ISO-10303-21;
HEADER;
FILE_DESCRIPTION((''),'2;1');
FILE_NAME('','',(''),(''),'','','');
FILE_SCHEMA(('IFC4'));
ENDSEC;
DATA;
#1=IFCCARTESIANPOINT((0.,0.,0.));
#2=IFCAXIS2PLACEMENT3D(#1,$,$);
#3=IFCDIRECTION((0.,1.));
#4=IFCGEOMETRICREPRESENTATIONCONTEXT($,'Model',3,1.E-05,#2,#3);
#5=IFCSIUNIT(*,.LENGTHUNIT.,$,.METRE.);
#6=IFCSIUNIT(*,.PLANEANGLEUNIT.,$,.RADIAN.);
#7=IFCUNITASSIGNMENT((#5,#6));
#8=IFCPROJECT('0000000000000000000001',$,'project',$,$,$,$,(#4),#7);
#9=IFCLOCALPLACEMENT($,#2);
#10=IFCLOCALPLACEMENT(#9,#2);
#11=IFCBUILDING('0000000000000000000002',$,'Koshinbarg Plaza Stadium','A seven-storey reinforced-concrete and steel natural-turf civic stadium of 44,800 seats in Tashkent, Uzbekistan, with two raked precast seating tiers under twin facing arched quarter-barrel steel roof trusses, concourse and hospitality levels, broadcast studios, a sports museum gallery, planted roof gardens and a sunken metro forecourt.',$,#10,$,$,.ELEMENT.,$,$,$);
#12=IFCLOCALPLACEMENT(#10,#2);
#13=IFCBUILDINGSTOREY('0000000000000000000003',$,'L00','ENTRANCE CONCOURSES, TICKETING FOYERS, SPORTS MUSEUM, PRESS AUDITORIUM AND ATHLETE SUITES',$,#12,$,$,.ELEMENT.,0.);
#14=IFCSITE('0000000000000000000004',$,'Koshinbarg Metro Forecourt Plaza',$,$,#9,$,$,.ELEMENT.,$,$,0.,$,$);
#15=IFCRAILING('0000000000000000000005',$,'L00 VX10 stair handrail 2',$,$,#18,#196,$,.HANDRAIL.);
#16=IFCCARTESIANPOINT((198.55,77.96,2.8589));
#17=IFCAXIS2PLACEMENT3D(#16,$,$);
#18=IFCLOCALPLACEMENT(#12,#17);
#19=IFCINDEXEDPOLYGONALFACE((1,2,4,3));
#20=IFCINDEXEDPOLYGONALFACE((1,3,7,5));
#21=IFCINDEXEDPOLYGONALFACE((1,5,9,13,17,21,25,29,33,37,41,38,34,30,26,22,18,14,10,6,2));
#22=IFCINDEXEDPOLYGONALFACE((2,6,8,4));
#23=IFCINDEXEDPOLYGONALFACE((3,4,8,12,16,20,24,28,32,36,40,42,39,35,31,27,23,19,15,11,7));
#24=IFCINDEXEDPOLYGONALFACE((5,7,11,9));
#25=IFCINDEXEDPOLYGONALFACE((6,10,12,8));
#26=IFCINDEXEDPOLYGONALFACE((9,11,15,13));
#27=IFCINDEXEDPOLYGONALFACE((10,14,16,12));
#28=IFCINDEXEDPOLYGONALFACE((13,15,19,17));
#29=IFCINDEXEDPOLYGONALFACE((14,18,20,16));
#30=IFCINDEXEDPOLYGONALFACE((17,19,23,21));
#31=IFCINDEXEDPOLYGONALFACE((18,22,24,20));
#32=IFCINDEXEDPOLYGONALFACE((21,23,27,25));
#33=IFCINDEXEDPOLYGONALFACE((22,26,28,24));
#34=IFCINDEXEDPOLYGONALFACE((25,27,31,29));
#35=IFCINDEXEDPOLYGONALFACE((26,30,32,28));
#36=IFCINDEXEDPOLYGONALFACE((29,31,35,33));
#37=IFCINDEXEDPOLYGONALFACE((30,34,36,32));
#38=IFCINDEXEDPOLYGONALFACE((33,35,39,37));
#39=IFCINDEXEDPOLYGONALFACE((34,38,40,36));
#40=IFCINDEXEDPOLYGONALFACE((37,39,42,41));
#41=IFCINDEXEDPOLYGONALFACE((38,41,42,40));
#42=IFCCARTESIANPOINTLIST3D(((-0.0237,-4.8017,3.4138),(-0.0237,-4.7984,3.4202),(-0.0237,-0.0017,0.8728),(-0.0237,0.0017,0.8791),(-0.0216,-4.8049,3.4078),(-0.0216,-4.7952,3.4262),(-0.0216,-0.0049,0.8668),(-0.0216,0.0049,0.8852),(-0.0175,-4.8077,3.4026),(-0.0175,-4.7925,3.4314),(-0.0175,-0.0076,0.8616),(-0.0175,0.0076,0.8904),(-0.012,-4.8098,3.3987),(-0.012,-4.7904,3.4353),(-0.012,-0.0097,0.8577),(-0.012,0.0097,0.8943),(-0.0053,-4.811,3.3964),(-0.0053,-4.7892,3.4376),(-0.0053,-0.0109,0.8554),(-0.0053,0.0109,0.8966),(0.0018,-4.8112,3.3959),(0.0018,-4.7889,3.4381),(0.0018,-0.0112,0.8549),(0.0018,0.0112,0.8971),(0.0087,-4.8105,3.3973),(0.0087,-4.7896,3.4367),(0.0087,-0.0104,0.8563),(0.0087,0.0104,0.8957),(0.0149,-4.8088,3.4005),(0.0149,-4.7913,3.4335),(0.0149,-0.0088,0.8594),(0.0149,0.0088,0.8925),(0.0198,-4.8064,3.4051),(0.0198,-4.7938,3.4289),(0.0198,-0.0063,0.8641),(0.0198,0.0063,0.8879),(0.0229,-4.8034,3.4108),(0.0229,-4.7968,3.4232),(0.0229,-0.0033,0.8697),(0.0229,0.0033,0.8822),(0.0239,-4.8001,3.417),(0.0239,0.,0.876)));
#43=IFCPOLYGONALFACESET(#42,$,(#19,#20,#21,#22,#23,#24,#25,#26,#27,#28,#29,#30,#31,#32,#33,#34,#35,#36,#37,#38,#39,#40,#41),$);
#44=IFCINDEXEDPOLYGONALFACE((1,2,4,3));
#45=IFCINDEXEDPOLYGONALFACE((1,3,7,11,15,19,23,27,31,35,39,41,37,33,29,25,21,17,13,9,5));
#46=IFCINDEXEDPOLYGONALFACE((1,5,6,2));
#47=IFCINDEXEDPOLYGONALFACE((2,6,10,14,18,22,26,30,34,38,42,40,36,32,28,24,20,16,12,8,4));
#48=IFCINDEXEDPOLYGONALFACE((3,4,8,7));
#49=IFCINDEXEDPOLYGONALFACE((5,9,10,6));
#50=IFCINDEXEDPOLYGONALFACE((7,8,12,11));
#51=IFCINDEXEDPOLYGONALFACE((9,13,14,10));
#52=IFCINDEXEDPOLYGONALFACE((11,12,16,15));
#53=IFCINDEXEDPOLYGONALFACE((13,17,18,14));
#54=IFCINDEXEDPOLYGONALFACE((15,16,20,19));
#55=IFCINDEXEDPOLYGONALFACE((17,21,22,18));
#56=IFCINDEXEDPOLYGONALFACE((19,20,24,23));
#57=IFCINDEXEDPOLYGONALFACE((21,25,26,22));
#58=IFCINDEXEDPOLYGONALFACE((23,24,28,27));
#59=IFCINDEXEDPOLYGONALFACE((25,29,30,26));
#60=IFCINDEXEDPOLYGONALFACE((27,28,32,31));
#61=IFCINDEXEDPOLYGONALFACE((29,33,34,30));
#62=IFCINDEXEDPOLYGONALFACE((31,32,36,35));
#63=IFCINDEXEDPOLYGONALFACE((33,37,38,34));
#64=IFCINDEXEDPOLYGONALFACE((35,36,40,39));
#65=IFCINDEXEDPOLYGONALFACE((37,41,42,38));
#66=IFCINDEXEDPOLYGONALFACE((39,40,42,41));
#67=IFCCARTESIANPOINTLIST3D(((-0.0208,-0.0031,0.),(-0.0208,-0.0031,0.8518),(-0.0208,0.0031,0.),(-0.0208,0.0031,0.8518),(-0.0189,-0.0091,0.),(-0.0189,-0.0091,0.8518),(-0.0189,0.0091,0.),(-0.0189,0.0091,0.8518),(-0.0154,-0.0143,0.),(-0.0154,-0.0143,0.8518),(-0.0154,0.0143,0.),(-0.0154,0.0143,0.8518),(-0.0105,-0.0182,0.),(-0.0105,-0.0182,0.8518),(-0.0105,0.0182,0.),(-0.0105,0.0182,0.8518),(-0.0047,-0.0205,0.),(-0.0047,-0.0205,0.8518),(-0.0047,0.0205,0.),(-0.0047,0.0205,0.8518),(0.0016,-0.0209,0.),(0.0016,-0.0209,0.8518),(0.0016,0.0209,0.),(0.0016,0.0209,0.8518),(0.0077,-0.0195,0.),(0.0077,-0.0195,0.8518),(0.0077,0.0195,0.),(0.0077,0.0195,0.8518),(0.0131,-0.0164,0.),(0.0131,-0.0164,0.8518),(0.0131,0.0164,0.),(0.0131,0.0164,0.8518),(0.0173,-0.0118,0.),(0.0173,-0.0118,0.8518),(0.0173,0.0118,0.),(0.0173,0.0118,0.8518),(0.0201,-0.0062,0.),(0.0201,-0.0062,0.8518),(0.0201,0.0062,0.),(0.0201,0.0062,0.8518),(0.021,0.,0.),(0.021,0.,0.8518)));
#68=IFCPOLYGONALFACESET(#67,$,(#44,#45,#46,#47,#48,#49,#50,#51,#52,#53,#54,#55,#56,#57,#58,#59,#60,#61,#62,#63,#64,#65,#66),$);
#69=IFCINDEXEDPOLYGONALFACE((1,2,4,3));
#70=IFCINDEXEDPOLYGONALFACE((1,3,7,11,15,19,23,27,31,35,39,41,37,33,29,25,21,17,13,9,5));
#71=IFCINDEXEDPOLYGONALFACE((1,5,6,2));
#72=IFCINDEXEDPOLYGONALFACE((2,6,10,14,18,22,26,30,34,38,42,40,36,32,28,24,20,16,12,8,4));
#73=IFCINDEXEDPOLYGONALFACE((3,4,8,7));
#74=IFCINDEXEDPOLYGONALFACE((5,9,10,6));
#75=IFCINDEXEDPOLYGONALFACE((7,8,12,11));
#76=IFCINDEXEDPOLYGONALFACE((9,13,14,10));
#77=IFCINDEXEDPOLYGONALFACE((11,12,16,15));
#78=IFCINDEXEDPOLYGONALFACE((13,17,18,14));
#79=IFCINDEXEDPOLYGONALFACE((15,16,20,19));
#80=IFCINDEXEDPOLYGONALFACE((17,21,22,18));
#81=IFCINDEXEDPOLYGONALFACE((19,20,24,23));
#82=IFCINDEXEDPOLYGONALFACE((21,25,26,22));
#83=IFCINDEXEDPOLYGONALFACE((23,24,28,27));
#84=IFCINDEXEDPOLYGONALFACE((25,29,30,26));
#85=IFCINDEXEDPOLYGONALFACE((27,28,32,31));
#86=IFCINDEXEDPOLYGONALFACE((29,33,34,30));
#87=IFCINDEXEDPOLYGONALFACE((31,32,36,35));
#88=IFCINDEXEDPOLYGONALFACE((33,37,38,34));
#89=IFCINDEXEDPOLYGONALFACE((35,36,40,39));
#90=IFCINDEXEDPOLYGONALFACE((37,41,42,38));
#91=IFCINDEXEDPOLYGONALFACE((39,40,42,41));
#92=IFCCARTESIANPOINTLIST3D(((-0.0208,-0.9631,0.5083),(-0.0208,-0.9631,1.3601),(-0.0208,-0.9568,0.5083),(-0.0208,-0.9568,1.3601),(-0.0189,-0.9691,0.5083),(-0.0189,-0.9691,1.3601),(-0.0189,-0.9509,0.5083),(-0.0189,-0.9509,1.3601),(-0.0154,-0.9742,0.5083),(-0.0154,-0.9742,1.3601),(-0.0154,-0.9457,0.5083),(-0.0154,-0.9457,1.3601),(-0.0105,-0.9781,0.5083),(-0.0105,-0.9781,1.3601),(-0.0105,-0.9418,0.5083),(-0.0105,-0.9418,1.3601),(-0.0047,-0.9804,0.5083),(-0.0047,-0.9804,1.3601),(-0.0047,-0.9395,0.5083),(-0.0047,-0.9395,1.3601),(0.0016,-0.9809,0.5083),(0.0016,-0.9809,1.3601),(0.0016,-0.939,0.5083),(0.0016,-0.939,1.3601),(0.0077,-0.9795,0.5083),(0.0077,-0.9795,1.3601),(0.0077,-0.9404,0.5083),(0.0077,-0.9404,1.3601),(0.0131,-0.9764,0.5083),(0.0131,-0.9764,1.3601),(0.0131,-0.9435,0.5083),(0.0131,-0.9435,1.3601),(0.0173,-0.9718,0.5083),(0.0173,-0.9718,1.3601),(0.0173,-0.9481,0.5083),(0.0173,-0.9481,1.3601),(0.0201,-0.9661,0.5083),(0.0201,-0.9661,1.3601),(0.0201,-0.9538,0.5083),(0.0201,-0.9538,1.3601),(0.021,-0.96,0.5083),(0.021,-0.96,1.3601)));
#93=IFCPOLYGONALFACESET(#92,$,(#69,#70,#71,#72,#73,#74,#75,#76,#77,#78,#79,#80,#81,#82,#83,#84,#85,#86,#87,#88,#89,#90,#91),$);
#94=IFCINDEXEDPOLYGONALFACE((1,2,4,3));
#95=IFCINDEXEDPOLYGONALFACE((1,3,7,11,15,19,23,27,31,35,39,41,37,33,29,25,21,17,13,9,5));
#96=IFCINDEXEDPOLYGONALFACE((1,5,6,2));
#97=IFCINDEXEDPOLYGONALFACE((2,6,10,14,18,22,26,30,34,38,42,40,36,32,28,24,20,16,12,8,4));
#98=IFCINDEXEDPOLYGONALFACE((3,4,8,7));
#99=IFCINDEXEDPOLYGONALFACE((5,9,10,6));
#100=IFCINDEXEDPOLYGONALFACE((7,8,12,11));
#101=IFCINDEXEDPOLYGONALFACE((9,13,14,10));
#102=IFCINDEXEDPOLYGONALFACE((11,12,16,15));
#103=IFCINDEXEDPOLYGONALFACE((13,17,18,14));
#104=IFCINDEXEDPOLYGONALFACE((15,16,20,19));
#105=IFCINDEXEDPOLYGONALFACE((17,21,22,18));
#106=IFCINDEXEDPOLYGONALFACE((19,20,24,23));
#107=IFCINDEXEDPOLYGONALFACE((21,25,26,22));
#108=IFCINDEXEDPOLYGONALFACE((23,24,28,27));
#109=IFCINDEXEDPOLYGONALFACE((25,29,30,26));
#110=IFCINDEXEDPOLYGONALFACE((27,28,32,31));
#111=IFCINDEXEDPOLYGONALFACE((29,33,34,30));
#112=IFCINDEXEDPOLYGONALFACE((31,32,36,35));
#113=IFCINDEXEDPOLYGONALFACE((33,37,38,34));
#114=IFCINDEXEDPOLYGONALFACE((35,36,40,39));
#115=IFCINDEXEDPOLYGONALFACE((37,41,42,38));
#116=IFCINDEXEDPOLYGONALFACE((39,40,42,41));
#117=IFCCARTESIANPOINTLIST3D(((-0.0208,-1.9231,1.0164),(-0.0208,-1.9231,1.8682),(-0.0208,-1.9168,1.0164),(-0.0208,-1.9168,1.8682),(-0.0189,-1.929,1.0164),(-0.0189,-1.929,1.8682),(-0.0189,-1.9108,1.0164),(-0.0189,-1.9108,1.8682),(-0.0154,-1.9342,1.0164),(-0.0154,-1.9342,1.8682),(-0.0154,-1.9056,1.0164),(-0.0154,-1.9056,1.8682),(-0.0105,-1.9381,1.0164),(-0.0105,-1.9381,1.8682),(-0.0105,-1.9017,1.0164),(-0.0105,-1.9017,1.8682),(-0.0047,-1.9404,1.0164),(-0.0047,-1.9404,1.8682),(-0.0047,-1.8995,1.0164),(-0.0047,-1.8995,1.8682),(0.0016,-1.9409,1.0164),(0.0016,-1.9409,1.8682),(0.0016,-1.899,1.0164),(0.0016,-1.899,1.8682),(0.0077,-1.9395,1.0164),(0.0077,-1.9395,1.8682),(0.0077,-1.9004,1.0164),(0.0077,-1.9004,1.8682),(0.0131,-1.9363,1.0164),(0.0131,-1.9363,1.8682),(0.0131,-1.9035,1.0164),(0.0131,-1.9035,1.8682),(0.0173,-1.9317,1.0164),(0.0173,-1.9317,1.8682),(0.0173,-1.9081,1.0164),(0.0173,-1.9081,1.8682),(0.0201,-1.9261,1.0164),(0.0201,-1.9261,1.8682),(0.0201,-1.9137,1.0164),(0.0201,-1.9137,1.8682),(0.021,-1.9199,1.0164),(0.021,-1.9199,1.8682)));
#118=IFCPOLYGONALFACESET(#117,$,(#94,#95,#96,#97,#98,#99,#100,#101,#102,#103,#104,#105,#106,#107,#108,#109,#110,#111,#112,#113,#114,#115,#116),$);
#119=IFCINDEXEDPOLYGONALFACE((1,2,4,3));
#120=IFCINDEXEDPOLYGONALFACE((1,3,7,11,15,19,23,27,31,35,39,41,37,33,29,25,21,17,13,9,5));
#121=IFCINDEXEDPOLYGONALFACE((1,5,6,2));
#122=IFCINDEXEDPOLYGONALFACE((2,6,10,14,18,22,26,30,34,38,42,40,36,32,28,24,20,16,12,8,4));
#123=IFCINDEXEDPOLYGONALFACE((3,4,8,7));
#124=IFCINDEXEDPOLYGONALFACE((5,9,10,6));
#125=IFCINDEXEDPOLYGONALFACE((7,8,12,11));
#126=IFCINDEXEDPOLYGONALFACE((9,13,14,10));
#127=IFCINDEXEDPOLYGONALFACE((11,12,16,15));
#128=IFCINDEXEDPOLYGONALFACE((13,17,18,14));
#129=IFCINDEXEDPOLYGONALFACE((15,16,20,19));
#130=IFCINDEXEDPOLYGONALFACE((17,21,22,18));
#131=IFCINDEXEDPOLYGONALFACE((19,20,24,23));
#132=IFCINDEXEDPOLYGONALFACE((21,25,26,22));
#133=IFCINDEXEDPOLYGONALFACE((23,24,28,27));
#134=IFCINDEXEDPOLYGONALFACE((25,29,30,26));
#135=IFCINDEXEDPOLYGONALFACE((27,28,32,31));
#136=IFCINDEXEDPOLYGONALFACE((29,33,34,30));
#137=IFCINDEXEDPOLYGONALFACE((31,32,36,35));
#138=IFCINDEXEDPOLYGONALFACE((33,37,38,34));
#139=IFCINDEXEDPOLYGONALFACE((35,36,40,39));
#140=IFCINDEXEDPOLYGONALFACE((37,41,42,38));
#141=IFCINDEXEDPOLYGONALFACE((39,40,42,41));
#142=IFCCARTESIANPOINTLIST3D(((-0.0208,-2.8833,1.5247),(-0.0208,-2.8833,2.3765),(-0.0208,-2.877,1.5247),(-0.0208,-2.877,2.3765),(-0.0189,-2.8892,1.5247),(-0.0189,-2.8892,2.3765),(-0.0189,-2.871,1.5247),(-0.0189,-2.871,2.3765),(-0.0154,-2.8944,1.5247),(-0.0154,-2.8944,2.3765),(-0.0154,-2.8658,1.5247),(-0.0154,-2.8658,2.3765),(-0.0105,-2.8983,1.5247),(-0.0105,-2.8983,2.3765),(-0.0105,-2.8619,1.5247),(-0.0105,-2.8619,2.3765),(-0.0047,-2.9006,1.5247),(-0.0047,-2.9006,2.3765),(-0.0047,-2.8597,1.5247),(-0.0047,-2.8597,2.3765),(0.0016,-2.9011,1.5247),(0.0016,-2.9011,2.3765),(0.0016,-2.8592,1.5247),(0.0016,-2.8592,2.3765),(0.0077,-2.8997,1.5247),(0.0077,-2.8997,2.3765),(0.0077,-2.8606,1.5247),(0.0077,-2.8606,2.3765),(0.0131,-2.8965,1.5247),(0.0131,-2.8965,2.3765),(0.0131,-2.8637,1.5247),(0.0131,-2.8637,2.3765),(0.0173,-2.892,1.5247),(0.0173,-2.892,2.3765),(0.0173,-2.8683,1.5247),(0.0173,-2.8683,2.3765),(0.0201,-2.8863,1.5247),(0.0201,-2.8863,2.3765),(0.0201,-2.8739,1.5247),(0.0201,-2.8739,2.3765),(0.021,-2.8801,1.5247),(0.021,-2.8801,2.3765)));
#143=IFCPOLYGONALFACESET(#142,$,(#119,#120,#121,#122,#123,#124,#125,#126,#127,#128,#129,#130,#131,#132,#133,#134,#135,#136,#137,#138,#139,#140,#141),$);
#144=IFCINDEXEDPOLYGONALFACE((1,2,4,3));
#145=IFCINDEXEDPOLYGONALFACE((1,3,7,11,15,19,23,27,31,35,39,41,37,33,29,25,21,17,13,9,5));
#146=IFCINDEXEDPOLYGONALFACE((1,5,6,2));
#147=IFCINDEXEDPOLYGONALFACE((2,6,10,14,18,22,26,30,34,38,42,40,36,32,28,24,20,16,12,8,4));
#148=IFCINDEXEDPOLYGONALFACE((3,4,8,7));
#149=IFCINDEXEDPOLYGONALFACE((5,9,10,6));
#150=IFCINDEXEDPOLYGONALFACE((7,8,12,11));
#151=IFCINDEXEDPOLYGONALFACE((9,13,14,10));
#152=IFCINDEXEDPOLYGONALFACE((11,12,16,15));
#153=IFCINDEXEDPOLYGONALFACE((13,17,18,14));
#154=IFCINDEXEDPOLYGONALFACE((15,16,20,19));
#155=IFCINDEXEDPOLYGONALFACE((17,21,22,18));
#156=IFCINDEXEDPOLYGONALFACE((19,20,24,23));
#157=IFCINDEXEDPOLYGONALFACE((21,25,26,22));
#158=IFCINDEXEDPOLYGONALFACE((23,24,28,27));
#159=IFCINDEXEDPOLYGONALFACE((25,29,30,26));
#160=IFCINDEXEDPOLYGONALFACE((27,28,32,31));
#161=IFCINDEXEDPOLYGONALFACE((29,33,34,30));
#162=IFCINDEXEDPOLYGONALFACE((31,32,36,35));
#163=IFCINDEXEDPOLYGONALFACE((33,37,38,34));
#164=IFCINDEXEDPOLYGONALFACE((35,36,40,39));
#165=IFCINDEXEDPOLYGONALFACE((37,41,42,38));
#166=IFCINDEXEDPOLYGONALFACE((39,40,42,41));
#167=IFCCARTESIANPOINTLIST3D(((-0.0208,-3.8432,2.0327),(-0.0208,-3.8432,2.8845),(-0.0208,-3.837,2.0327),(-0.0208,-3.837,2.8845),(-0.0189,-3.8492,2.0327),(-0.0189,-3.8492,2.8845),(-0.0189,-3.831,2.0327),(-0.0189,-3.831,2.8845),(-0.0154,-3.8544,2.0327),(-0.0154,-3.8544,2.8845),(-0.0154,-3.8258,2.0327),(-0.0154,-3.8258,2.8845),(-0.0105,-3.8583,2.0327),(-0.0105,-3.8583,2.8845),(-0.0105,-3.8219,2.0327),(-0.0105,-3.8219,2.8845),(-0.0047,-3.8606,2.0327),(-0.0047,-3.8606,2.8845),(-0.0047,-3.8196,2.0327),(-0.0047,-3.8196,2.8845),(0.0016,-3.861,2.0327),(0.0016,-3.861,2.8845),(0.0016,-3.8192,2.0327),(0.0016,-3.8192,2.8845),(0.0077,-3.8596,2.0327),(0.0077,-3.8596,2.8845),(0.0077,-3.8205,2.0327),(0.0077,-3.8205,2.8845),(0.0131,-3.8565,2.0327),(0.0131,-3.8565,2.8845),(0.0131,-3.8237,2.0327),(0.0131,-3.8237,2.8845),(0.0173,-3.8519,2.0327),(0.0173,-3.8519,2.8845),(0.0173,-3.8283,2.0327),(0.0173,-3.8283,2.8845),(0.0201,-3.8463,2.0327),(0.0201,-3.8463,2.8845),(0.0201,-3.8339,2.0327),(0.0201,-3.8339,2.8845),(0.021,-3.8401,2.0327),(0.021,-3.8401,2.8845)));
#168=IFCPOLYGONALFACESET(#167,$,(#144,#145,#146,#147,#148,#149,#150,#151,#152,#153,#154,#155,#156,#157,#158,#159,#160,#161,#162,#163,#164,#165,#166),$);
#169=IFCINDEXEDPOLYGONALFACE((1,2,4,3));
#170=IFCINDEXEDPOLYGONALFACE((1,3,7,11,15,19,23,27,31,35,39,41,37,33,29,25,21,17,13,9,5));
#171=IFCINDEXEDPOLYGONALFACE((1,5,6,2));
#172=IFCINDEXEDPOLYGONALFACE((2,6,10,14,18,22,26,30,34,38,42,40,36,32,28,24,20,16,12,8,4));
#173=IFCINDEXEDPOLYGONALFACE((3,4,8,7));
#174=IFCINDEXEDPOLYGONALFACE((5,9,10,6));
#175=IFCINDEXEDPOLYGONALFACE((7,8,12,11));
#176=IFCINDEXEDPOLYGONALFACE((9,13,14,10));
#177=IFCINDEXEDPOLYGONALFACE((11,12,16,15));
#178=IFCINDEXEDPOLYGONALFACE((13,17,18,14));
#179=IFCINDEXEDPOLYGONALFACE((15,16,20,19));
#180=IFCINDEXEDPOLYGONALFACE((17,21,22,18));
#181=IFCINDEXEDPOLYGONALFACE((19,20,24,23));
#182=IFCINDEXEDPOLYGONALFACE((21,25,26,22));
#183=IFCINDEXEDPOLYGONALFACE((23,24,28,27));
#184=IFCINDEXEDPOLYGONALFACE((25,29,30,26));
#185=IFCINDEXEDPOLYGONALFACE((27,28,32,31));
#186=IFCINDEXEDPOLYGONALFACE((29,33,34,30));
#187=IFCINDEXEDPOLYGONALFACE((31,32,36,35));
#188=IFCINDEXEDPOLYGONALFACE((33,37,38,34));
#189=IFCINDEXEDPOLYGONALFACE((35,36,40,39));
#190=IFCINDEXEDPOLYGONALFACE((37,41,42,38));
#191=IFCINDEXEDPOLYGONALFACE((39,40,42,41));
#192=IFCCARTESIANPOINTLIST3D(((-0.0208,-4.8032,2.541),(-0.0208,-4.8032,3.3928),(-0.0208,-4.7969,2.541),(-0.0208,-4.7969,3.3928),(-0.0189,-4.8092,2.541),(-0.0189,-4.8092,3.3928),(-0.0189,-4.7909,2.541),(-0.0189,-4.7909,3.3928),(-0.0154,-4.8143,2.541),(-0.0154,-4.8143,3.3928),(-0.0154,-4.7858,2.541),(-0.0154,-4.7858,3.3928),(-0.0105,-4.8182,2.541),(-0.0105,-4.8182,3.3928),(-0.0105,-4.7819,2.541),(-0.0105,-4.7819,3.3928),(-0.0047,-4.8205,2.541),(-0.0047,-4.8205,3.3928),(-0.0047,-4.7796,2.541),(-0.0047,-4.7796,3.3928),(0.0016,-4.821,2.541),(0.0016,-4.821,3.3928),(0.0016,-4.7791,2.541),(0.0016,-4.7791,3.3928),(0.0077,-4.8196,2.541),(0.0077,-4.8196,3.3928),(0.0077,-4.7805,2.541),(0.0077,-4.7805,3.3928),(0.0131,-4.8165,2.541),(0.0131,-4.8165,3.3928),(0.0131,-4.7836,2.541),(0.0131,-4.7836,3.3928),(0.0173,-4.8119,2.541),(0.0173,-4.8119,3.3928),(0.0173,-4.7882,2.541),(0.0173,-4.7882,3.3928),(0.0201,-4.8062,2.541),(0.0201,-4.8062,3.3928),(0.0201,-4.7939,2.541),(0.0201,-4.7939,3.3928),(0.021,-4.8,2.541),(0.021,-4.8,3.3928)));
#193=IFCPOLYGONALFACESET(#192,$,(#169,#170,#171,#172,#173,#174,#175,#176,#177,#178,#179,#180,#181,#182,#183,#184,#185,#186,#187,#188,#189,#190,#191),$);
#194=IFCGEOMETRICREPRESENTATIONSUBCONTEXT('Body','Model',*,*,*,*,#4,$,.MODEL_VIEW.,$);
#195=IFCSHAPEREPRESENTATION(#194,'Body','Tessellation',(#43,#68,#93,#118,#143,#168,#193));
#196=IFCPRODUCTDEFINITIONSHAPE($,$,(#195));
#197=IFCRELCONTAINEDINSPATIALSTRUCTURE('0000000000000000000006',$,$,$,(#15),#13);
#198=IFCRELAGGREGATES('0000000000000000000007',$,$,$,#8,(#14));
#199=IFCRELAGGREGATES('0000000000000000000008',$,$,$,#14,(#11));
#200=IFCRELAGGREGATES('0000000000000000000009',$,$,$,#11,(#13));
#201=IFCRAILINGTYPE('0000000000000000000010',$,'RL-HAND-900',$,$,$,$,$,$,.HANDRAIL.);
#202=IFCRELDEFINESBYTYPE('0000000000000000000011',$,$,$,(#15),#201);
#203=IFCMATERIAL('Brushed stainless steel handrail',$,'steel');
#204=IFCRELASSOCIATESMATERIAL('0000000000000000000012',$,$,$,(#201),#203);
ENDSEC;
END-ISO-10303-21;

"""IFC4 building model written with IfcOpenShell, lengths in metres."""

from ifc_helpers import new_model, si_unit, direction, frame, origin, origin_2d, place, context, subcontext, project, spatial, circle, extrude, material, type_object, element, save


model = new_model("IFC4")

# Units and contexts
model_context = context("Model", 3, precision=1e-05, world=origin(), true_north=direction((0.0, 1.0)))
body_context = subcontext(model_context, "Body", "Model", "MODEL_VIEW")
ifc_project = project(units=[si_unit("LENGTHUNIT", "METRE"), si_unit("PLANEANGLEUNIT", "RADIAN")], contexts=[model_context])

# Site, building, storey
site_placement = place(None, origin())
site = spatial("IfcSite", under=ifc_project, at=site_placement, Name="Koshinbarg Metro Forecourt Plaza", CompositionType="ELEMENT", RefElevation=0.0)
building_placement = place(site_placement, origin())
building = spatial("IfcBuilding", under=site, at=building_placement, Name="Koshinbarg Plaza Stadium", Description="A seven-storey reinforced-concrete and steel natural-turf civic stadium of 44,800 seats in Tashkent, Uzbekistan, with two raked precast seating tiers under twin facing arched quarter-barrel steel roof trusses, concourse and hospitality levels, broadcast studios, a sports museum gallery, planted roof gardens and a sunken metro forecourt.", CompositionType="ELEMENT")
storey_placement = place(building_placement, origin())
storey = spatial("IfcBuildingStorey", under=building, at=storey_placement, Name="L00", Description="ENTRANCE CONCOURSES, TICKETING FOYERS, SPORTS MUSEUM, PRESS AUDITORIUM AND ATHLETE SUITES", CompositionType="ELEMENT", Elevation=0.0)

# Railing
ifc_material_1 = material(Name="Brushed stainless steel handrail", Category="steel")
railing_type_1 = type_object("IfcRailingType", Name="RL-HAND-900", PredefinedType="HANDRAIL", material=ifc_material_1)
for number, where, name in (
    (1, (198.55, 77.96, 2.8589), "L00 VX10 stair handrail 2"),
):
    element("IfcRailing", number, at=place(storey_placement, frame(where)), inside=storey, type_object=railing_type_1, Name=name, PredefinedType="HANDRAIL", context=body_context, shape_type="SweptSolid", body=[
        extrude(circle(Radius=0.0239, at=origin_2d()), frame((0.0, 0.0, 0.876), z_axis=(0.0, -0.883802, 0.467861), x_axis=(1.0, 0.0, 0.0)), (0.0, 0.0, 1.0), 5.4312),
        extrude(circle(Radius=0.021, at=origin_2d()), origin(), (0.0, 0.0, 1.0), 0.8518),
        extrude(circle(Radius=0.021, at=origin_2d()), frame((0.0, -0.96, 0.5083)), (0.0, 0.0, 1.0), 0.8518),
        extrude(circle(Radius=0.021, at=origin_2d()), frame((0.0, -1.9199, 1.0164)), (0.0, 0.0, 1.0), 0.8518),
        extrude(circle(Radius=0.021, at=origin_2d()), frame((0.0, -2.8801, 1.5247)), (0.0, 0.0, 1.0), 0.8518),
        extrude(circle(Radius=0.021, at=origin_2d()), frame((0.0, -3.8401, 2.0327)), (0.0, 0.0, 1.0), 0.8518),
        extrude(circle(Radius=0.021, at=origin_2d()), frame((0.0, -4.8, 2.541)), (0.0, 0.0, 1.0), 0.8518),
    ])

save(model, "model.ifc")
